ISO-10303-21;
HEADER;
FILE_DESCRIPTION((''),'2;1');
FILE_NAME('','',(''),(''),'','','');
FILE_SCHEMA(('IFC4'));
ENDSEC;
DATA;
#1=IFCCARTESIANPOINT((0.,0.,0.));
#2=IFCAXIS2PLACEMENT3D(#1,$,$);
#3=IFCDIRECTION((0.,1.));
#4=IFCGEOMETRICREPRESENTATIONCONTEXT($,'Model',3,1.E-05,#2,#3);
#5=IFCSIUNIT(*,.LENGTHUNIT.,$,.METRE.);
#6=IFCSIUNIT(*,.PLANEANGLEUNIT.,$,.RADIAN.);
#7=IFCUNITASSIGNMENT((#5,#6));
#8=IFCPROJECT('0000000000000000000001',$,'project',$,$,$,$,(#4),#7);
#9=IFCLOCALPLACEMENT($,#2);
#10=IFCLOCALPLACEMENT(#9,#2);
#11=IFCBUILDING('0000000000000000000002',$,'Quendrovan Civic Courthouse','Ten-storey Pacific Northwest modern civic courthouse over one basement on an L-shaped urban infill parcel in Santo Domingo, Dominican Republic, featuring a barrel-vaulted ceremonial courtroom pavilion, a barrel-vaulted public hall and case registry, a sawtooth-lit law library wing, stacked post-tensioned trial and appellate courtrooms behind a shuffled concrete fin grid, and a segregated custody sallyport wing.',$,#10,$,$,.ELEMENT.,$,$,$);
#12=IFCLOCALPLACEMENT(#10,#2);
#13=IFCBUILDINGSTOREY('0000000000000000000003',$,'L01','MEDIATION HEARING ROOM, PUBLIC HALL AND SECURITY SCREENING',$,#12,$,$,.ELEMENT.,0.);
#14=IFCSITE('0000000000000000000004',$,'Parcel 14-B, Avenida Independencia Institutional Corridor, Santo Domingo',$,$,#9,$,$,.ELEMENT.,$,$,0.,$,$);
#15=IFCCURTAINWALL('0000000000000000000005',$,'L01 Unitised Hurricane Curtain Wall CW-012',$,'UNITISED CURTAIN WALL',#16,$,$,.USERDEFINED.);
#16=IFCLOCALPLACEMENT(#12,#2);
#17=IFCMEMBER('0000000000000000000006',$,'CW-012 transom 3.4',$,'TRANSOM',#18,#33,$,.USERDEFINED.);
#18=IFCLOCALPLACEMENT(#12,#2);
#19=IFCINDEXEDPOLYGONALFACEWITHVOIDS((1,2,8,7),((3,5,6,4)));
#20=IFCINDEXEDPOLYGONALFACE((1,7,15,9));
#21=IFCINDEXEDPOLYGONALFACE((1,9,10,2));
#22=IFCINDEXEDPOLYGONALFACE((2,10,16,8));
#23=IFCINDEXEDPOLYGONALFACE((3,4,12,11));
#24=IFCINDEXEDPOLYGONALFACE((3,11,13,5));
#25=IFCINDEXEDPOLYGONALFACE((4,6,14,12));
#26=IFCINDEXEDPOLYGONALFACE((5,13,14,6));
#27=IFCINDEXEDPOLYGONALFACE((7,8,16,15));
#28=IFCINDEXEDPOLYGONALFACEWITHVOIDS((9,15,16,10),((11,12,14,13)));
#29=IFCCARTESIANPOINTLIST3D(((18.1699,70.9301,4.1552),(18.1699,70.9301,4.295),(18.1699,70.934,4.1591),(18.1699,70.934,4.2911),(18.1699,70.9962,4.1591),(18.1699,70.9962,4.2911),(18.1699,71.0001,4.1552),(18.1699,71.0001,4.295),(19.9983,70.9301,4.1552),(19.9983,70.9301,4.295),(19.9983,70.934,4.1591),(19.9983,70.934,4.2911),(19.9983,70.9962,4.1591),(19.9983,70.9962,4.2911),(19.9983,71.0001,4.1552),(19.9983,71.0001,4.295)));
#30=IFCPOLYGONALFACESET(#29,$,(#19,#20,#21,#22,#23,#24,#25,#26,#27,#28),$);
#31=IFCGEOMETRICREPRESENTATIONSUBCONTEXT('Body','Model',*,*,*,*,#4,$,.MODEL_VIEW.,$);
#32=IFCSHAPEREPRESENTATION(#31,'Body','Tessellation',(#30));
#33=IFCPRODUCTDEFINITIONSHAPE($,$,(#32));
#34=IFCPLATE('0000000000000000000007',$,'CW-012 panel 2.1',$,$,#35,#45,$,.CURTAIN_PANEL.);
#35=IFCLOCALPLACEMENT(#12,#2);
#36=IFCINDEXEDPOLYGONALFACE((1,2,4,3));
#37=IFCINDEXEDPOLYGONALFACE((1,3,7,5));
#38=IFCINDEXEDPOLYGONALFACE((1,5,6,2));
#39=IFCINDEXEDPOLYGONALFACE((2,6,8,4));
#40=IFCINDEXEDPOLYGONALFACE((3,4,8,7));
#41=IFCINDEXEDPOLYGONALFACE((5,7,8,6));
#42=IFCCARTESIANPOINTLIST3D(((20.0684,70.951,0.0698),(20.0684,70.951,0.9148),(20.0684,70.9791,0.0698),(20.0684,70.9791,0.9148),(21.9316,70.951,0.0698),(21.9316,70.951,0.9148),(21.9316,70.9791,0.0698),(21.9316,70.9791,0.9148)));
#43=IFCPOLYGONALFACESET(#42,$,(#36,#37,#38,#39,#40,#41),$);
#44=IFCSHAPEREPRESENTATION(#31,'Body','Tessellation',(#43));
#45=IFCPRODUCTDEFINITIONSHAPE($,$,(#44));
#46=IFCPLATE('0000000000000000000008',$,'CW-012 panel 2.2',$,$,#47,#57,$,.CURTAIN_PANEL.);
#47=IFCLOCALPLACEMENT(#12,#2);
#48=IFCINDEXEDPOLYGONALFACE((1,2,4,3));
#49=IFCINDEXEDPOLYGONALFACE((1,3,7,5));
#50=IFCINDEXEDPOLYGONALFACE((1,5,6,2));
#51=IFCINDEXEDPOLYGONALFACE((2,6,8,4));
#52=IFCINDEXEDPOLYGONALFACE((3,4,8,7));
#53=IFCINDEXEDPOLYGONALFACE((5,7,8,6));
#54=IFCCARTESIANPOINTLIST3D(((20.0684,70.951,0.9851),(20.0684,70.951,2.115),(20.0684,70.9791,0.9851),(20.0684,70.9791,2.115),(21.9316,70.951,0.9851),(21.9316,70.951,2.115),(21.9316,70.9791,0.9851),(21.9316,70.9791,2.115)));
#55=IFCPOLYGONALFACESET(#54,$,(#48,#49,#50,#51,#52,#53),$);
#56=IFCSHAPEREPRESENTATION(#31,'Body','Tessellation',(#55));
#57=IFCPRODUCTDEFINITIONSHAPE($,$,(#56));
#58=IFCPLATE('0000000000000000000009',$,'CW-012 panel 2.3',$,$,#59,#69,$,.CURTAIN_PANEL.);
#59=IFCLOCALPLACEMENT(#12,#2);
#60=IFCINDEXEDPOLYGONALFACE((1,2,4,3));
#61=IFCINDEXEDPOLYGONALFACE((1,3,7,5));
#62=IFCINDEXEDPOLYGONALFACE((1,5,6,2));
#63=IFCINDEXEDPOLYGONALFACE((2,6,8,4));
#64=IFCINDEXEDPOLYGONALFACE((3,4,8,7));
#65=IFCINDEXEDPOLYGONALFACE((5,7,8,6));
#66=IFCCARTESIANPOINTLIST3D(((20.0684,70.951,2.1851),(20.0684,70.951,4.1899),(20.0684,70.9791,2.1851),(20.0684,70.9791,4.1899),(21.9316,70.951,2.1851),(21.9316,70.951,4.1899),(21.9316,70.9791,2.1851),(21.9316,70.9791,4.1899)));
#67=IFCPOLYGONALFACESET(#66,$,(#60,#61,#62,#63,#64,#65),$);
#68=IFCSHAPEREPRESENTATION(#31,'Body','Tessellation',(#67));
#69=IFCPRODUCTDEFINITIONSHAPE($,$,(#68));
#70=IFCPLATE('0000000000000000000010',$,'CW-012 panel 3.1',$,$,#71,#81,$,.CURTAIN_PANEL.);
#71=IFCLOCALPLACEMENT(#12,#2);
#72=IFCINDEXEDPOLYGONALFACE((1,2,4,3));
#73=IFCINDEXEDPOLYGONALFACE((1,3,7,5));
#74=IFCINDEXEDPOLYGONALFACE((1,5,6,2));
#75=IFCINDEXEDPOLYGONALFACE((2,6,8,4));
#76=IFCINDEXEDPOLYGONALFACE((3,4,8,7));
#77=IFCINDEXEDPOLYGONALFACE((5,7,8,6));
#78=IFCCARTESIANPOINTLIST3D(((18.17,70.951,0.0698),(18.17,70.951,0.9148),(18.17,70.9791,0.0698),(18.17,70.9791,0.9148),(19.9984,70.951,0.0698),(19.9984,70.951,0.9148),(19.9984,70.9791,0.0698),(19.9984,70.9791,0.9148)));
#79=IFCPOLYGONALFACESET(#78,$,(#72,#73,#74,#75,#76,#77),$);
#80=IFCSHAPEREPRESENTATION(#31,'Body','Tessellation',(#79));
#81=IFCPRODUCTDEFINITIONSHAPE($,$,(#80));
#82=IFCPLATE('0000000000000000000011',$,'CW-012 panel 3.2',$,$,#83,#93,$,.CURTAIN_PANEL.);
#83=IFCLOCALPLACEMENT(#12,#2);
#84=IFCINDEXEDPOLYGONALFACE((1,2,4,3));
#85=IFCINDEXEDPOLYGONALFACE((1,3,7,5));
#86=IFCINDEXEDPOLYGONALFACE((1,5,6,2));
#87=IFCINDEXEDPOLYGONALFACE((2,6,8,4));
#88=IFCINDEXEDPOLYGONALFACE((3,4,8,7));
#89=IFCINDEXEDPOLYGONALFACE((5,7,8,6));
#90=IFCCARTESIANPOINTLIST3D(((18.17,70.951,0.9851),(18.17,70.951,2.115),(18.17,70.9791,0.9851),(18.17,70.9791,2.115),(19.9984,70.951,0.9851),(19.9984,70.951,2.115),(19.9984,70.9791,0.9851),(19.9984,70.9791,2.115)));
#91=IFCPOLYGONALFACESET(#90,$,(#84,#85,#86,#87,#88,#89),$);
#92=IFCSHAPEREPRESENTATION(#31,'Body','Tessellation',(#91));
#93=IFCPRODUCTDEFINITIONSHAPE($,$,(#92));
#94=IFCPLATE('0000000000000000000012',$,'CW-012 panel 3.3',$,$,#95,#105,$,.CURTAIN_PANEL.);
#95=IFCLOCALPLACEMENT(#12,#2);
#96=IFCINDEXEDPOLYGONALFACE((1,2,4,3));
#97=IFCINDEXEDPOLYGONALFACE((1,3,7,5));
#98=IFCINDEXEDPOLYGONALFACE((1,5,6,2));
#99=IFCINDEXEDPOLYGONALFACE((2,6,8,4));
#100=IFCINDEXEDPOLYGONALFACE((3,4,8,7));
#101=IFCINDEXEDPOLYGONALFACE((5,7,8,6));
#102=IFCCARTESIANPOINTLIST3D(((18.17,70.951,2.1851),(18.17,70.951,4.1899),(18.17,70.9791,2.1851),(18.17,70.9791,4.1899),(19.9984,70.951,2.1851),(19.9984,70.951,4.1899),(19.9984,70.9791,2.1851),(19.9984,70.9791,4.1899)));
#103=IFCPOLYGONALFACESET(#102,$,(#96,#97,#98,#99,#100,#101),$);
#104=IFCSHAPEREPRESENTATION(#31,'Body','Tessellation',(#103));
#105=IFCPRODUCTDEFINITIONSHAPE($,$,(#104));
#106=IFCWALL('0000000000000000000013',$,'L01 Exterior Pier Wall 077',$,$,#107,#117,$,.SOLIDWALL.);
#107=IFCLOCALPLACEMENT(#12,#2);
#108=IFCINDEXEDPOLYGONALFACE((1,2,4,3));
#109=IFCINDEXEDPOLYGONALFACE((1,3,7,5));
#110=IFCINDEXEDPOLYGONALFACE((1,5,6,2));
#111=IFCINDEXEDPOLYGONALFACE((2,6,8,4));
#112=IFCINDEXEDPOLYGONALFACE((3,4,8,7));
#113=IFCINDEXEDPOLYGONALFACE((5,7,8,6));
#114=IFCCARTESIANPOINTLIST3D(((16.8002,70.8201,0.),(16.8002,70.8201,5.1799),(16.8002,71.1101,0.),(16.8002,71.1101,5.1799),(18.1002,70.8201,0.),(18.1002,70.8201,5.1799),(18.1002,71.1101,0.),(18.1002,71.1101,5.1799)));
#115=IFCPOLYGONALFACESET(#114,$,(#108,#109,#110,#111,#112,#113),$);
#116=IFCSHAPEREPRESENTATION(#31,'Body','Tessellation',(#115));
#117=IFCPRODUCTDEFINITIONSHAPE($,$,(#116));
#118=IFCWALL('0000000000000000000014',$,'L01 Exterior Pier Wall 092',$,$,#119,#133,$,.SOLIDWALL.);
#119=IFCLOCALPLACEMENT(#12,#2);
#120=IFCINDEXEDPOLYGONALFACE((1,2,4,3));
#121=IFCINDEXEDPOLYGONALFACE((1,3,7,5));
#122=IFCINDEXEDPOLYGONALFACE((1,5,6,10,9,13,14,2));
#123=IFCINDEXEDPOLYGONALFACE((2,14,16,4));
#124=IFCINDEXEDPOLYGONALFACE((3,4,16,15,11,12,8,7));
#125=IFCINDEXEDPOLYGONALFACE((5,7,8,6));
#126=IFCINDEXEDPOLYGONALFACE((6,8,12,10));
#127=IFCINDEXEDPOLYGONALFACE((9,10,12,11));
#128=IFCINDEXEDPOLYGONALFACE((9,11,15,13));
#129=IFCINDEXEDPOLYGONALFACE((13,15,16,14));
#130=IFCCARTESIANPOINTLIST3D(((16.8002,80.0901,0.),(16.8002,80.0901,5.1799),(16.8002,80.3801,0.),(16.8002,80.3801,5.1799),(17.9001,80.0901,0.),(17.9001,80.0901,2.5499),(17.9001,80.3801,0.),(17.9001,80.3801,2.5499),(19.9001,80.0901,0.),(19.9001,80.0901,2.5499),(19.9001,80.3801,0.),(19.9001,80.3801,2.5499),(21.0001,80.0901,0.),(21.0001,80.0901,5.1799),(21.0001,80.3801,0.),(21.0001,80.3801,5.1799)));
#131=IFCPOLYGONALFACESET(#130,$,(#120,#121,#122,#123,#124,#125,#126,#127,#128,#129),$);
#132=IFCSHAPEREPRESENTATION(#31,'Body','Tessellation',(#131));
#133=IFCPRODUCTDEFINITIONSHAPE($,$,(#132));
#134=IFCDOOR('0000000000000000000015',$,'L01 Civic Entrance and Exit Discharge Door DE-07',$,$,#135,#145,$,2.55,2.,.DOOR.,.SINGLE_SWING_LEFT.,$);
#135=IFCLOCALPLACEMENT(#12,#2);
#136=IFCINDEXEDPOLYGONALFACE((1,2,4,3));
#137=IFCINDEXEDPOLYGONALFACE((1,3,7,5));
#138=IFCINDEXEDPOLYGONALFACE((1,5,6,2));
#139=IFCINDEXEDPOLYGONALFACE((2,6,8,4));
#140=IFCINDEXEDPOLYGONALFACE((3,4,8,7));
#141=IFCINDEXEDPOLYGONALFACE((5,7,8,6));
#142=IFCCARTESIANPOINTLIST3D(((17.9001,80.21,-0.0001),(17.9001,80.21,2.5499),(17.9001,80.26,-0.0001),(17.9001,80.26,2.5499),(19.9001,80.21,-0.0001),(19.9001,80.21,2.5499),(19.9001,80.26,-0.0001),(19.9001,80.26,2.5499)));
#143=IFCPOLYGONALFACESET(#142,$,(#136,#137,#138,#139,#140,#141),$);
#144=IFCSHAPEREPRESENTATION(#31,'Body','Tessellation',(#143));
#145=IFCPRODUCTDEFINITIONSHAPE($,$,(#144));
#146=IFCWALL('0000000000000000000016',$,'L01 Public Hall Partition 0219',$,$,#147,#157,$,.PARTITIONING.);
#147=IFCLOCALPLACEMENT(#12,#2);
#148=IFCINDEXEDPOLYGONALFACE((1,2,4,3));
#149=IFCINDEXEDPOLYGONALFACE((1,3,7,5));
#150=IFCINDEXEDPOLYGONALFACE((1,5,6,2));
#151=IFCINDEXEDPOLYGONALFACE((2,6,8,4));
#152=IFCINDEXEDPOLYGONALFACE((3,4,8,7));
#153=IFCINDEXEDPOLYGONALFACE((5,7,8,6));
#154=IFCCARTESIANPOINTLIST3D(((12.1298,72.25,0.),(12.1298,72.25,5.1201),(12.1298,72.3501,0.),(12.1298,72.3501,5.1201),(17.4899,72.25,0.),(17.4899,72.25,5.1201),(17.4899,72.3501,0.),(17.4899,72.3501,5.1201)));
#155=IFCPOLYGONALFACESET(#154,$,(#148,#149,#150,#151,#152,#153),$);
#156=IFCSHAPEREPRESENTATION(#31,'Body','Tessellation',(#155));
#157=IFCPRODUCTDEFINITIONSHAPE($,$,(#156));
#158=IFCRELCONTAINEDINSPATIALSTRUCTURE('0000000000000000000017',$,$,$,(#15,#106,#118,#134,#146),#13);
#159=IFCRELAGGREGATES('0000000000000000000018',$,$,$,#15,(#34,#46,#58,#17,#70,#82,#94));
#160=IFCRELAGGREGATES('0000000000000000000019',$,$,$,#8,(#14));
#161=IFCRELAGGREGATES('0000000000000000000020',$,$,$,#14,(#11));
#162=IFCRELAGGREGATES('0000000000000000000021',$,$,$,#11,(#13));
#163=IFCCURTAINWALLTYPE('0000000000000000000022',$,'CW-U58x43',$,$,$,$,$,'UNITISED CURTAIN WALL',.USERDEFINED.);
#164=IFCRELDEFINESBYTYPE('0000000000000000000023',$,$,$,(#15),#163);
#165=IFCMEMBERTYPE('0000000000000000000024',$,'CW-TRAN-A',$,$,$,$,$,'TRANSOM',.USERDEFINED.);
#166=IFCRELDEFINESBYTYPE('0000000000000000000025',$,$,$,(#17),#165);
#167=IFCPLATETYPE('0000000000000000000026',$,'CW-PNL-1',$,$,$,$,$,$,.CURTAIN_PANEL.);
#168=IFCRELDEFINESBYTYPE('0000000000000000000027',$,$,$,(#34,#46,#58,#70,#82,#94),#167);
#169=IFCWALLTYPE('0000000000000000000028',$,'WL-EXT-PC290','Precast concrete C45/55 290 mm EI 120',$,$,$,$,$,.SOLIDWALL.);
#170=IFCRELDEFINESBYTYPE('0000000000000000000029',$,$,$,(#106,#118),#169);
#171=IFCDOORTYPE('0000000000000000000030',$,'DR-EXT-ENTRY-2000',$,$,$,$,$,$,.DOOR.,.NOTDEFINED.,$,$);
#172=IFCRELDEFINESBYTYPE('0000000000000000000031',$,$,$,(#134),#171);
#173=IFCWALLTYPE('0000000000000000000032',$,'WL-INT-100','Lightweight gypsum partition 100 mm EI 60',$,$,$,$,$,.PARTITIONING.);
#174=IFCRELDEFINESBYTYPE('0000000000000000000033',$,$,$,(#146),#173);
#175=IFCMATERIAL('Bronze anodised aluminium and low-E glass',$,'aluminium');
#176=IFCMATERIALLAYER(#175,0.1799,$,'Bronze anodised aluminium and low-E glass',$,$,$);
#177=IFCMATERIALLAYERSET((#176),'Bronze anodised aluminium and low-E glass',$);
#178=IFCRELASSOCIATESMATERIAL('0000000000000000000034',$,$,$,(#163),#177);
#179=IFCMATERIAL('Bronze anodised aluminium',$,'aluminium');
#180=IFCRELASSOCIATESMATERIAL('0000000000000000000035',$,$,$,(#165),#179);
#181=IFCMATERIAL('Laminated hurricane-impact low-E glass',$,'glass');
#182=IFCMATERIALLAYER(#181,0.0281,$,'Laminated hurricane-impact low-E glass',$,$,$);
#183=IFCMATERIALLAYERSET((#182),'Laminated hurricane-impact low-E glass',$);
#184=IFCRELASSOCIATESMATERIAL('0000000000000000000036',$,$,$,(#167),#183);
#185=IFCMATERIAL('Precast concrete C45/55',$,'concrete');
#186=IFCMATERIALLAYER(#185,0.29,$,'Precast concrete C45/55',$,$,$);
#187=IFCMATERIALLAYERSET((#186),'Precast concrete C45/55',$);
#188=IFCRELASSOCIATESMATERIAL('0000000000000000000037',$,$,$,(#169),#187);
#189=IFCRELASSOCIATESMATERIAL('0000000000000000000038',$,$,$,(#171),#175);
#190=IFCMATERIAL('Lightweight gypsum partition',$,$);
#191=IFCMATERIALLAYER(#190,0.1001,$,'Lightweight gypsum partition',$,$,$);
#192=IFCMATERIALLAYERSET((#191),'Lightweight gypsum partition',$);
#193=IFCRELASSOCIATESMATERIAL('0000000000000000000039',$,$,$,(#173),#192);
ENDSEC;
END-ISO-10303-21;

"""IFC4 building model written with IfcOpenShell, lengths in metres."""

from ifc_helpers import new_model, si_unit, direction, frame, frame_2d, origin, origin_2d, place, context, subcontext, project, spatial, rectangle, hollow_rectangle, extrude, material, layer, layer_set, material_profile, profile_set, type_object, element, fill, aggregate, save


model = new_model("IFC4")

# Units and contexts
model_context = context("Model", 3, precision=1e-05, world=origin(), true_north=direction((0.0, 1.0)))
body_context = subcontext(model_context, "Body", "Model", "MODEL_VIEW")
ifc_project = project(units=[si_unit("LENGTHUNIT", "METRE"), si_unit("PLANEANGLEUNIT", "RADIAN")], contexts=[model_context])

# Site, building, storey
site_placement = place(None, origin())
site = spatial("IfcSite", under=ifc_project, at=site_placement, Name="Parcel 14-B, Avenida Independencia Institutional Corridor, Santo Domingo", CompositionType="ELEMENT", RefElevation=0.0)
building_placement = place(site_placement, origin())
building = spatial("IfcBuilding", under=site, at=building_placement, Name="Quendrovan Civic Courthouse", Description="Ten-storey Pacific Northwest modern civic courthouse over one basement on an L-shaped urban infill parcel in Santo Domingo, Dominican Republic, featuring a barrel-vaulted ceremonial courtroom pavilion, a barrel-vaulted public hall and case registry, a sawtooth-lit law library wing, stacked post-tensioned trial and appellate courtrooms behind a shuffled concrete fin grid, and a segregated custody sallyport wing.", CompositionType="ELEMENT")
storey_placement = place(building_placement, origin())
storey = spatial("IfcBuildingStorey", under=building, at=storey_placement, Name="L01", Description="MEDIATION HEARING ROOM, PUBLIC HALL AND SECURITY SCREENING", CompositionType="ELEMENT", Elevation=0.0)

# Curtain wall
ifc_material_1 = material(Name="Bronze anodised aluminium and low-E glass", Category="aluminium")
ifc_layer_1 = layer(ifc_material_1, 0.1799, Name="Bronze anodised aluminium and low-E glass")
ifc_layer_set_1 = layer_set([ifc_layer_1], Name="Bronze anodised aluminium and low-E glass")
curtain_wall_type_1 = type_object("IfcCurtainWallType", Name="CW-U58x43", ElementType="UNITISED CURTAIN WALL", PredefinedType="USERDEFINED", material=ifc_layer_set_1)
curtain_wall_1_placement = place(storey_placement, origin())
curtain_wall_1 = element("IfcCurtainWall", 1, at=curtain_wall_1_placement, inside=storey, type_object=curtain_wall_type_1, Name="L01 Unitised Hurricane Curtain Wall CW-012", ObjectType="UNITISED CURTAIN WALL", PredefinedType="USERDEFINED")
ifc_material_2 = material(Name="Bronze anodised aluminium", Category="aluminium")

# Member
ifc_material_profile_1 = material_profile(ifc_material_2, hollow_rectangle(XDim=0.0701, YDim=0.1399, WallThickness=0.0039, at=origin_2d()), Name="CW-TRAN-70x140")
ifc_profile_set_1 = profile_set([ifc_material_profile_1], Name="Bronze anodised aluminium")
member_type_1 = type_object("IfcMemberType", Name="CW-TRAN-A", ElementType="TRANSOM", PredefinedType="USERDEFINED", material=ifc_profile_set_1)
member_1_placement = place(storey_placement, frame((19.9983, 70.9651, 4.2251), z_axis=(-1.0, 0.0, 0.0), x_axis=(0.0, -1.0, 0.0)))
member_1 = element("IfcMember", 2, at=member_1_placement, type_object=member_type_1, Name="CW-012 transom 3.4", ObjectType="TRANSOM", PredefinedType="USERDEFINED", context=body_context, shape_type="SweptSolid", body=[
    extrude(hollow_rectangle(XDim=0.0701, YDim=0.1399, WallThickness=0.0039, at=origin_2d()), origin(), (0.0, 0.0, 1.0), 1.8284),
])

# Plates
ifc_material_3 = material(Name="Laminated hurricane-impact low-E glass", Category="glass")
ifc_layer_2 = layer(ifc_material_3, 0.0281, Name="Laminated hurricane-impact low-E glass")
ifc_layer_set_2 = layer_set([ifc_layer_2], Name="Laminated hurricane-impact low-E glass")
plate_type = type_object("IfcPlateType", Name="CW-PNL-1", PredefinedType="CURTAIN_PANEL", material=ifc_layer_set_2)
plate_1_placement = place(storey_placement, frame((21.0, 70.9651, 0.0698), z_axis=(0.0, 0.0, 1.0), x_axis=(-1.0, 0.0, 0.0)))
plate_1 = element("IfcPlate", 3, at=plate_1_placement, type_object=plate_type, Name="CW-012 panel 2.1", PredefinedType="CURTAIN_PANEL", context=body_context, shape_type="SweptSolid", body=[
    extrude(rectangle(XDim=1.8633, YDim=0.0281, at=origin_2d()), origin(), (0.0, 0.0, 1.0), 0.845),
])
plate_2_placement = place(storey_placement, frame((21.0, 70.9651, 0.9851), z_axis=(0.0, 0.0, 1.0), x_axis=(-1.0, 0.0, 0.0)))
plate_2 = element("IfcPlate", 4, at=plate_2_placement, type_object=plate_type, Name="CW-012 panel 2.2", PredefinedType="CURTAIN_PANEL", context=body_context, shape_type="SweptSolid", body=[
    extrude(rectangle(XDim=1.8633, YDim=0.0281, at=origin_2d()), origin(), (0.0, 0.0, 1.0), 1.1299),
])
plate_3_placement = place(storey_placement, frame((21.0, 70.9651, 2.1851), z_axis=(0.0, 0.0, 1.0), x_axis=(-1.0, 0.0, 0.0)))
plate_3 = element("IfcPlate", 5, at=plate_3_placement, type_object=plate_type, Name="CW-012 panel 2.3", PredefinedType="CURTAIN_PANEL", context=body_context, shape_type="SweptSolid", body=[
    extrude(rectangle(XDim=1.8633, YDim=0.0281, at=origin_2d()), origin(), (0.0, 0.0, 1.0), 2.0049),
])
plate_4_placement = place(storey_placement, frame((19.0842, 70.9651, 0.0698), z_axis=(0.0, 0.0, 1.0), x_axis=(-1.0, 0.0, 0.0)))
plate_4 = element("IfcPlate", 6, at=plate_4_placement, type_object=plate_type, Name="CW-012 panel 3.1", PredefinedType="CURTAIN_PANEL", context=body_context, shape_type="SweptSolid", body=[
    extrude(rectangle(XDim=1.8284, YDim=0.0281, at=origin_2d()), origin(), (0.0, 0.0, 1.0), 0.845),
])
plate_5_placement = place(storey_placement, frame((19.0842, 70.9651, 0.9851), z_axis=(0.0, 0.0, 1.0), x_axis=(-1.0, 0.0, 0.0)))
plate_5 = element("IfcPlate", 7, at=plate_5_placement, type_object=plate_type, Name="CW-012 panel 3.2", PredefinedType="CURTAIN_PANEL", context=body_context, shape_type="SweptSolid", body=[
    extrude(rectangle(XDim=1.8284, YDim=0.0281, at=origin_2d()), origin(), (0.0, 0.0, 1.0), 1.1299),
])
plate_6_placement = place(storey_placement, frame((19.0842, 70.9651, 2.1851), z_axis=(0.0, 0.0, 1.0), x_axis=(-1.0, 0.0, 0.0)))
plate_6 = element("IfcPlate", 8, at=plate_6_placement, type_object=plate_type, Name="CW-012 panel 3.3", PredefinedType="CURTAIN_PANEL", context=body_context, shape_type="SweptSolid", body=[
    extrude(rectangle(XDim=1.8284, YDim=0.0281, at=origin_2d()), origin(), (0.0, 0.0, 1.0), 2.0049),
])
aggregate(curtain_wall_1, [plate_1, plate_2, plate_3, member_1, plate_4, plate_5, plate_6])

# Wall
ifc_material_4 = material(Name="Precast concrete C45/55", Category="concrete")
ifc_layer_3 = layer(ifc_material_4, 0.29, Name="Precast concrete C45/55")
ifc_layer_set_3 = layer_set([ifc_layer_3], Name="Precast concrete C45/55")
wall_type_1 = type_object("IfcWallType", Name="WL-EXT-PC290", Description="Precast concrete C45/55 290 mm EI 120", PredefinedType="SOLIDWALL", material=ifc_layer_set_3)
wall_1_placement = place(storey_placement, frame((18.1001, 70.9651, 0.0), z_axis=(0.0, 0.0, 1.0), x_axis=(-1.0, 0.0, 0.0)))
element("IfcWall", 9, at=wall_1_placement, inside=storey, type_object=wall_type_1, Name="L01 Exterior Pier Wall 077", PredefinedType="SOLIDWALL", context=body_context, shape_type="SweptSolid", body=[
    extrude(rectangle(XDim=1.3, YDim=0.29, at=frame_2d((0.6499, 0.0))), origin(), (0.0, 0.0, 1.0), 5.1799),
])

# Wall, opening, door
wall_2_placement = place(storey_placement, frame((16.8, 80.2351, 0.0), z_axis=(0.0, 0.0, 1.0), x_axis=(1.0, 0.0, 0.0)))
wall_2 = element("IfcWall", 10, at=wall_2_placement, inside=storey, type_object=wall_type_1, Name="L01 Exterior Pier Wall 092", PredefinedType="SOLIDWALL", context=body_context, shape_type="SweptSolid", body=[
    extrude(rectangle(XDim=4.2, YDim=0.29, at=frame_2d((2.1001, 0.0))), origin(), (0.0, 0.0, 1.0), 5.1799),
])
opening_placement = place(wall_2_placement, frame((1.1001, 0.0, 0.0)))
opening = element("IfcOpeningElement", 11, at=opening_placement, cuts=wall_2, PredefinedType="OPENING", context=body_context, shape_type="SweptSolid", body=[
    extrude(rectangle(XDim=2.0, YDim=2.55, at=frame_2d((1.0, 1.2749))), frame((0.0, 0.155, 0.0), z_axis=(0.0, -1.0, 0.0), x_axis=(1.0, 0.0, 0.0)), (0.0, 0.0, 1.0), 0.3101),
])
door_type = type_object("IfcDoorType", Name="DR-EXT-ENTRY-2000", OperationType="NOTDEFINED", PredefinedType="DOOR", material=ifc_material_1)
door_placement = place(opening_placement, origin())
door = element("IfcDoor", 12, at=door_placement, inside=storey, type_object=door_type, Name="L01 Civic Entrance and Exit Discharge Door DE-07", OperationType="SINGLE_SWING_LEFT", OverallHeight=2.55, OverallWidth=2.0, PredefinedType="DOOR", context=body_context, shape_type="SweptSolid", body=[
    extrude(rectangle(XDim=2.0, YDim=2.55, at=frame_2d((1.0, 1.2749))), frame((0.0, 0.0249, 0.0), z_axis=(0.0, -1.0, 0.0), x_axis=(1.0, 0.0, 0.0)), (0.0, 0.0, 1.0), 0.05),
])
fill(opening, door)

# Wall
ifc_material_5 = material(Name="Lightweight gypsum partition")
ifc_layer_4 = layer(ifc_material_5, 0.1001, Name="Lightweight gypsum partition")
ifc_layer_set_4 = layer_set([ifc_layer_4], Name="Lightweight gypsum partition")
wall_type_2 = type_object("IfcWallType", Name="WL-INT-100", Description="Lightweight gypsum partition 100 mm EI 60", PredefinedType="PARTITIONING", material=ifc_layer_set_4)
wall_3_placement = place(storey_placement, frame((17.49, 72.3, 0.0), z_axis=(0.0, 0.0, 1.0), x_axis=(-1.0, 0.0, 0.0)))
element("IfcWall", 13, at=wall_3_placement, inside=storey, type_object=wall_type_2, Name="L01 Public Hall Partition 0219", PredefinedType="PARTITIONING", context=body_context, shape_type="SweptSolid", body=[
    extrude(rectangle(XDim=5.3601, YDim=0.1001, at=frame_2d((2.6802, 0.0))), origin(), (0.0, 0.0, 1.0), 5.1201),
])

save(model, "model.ifc")
